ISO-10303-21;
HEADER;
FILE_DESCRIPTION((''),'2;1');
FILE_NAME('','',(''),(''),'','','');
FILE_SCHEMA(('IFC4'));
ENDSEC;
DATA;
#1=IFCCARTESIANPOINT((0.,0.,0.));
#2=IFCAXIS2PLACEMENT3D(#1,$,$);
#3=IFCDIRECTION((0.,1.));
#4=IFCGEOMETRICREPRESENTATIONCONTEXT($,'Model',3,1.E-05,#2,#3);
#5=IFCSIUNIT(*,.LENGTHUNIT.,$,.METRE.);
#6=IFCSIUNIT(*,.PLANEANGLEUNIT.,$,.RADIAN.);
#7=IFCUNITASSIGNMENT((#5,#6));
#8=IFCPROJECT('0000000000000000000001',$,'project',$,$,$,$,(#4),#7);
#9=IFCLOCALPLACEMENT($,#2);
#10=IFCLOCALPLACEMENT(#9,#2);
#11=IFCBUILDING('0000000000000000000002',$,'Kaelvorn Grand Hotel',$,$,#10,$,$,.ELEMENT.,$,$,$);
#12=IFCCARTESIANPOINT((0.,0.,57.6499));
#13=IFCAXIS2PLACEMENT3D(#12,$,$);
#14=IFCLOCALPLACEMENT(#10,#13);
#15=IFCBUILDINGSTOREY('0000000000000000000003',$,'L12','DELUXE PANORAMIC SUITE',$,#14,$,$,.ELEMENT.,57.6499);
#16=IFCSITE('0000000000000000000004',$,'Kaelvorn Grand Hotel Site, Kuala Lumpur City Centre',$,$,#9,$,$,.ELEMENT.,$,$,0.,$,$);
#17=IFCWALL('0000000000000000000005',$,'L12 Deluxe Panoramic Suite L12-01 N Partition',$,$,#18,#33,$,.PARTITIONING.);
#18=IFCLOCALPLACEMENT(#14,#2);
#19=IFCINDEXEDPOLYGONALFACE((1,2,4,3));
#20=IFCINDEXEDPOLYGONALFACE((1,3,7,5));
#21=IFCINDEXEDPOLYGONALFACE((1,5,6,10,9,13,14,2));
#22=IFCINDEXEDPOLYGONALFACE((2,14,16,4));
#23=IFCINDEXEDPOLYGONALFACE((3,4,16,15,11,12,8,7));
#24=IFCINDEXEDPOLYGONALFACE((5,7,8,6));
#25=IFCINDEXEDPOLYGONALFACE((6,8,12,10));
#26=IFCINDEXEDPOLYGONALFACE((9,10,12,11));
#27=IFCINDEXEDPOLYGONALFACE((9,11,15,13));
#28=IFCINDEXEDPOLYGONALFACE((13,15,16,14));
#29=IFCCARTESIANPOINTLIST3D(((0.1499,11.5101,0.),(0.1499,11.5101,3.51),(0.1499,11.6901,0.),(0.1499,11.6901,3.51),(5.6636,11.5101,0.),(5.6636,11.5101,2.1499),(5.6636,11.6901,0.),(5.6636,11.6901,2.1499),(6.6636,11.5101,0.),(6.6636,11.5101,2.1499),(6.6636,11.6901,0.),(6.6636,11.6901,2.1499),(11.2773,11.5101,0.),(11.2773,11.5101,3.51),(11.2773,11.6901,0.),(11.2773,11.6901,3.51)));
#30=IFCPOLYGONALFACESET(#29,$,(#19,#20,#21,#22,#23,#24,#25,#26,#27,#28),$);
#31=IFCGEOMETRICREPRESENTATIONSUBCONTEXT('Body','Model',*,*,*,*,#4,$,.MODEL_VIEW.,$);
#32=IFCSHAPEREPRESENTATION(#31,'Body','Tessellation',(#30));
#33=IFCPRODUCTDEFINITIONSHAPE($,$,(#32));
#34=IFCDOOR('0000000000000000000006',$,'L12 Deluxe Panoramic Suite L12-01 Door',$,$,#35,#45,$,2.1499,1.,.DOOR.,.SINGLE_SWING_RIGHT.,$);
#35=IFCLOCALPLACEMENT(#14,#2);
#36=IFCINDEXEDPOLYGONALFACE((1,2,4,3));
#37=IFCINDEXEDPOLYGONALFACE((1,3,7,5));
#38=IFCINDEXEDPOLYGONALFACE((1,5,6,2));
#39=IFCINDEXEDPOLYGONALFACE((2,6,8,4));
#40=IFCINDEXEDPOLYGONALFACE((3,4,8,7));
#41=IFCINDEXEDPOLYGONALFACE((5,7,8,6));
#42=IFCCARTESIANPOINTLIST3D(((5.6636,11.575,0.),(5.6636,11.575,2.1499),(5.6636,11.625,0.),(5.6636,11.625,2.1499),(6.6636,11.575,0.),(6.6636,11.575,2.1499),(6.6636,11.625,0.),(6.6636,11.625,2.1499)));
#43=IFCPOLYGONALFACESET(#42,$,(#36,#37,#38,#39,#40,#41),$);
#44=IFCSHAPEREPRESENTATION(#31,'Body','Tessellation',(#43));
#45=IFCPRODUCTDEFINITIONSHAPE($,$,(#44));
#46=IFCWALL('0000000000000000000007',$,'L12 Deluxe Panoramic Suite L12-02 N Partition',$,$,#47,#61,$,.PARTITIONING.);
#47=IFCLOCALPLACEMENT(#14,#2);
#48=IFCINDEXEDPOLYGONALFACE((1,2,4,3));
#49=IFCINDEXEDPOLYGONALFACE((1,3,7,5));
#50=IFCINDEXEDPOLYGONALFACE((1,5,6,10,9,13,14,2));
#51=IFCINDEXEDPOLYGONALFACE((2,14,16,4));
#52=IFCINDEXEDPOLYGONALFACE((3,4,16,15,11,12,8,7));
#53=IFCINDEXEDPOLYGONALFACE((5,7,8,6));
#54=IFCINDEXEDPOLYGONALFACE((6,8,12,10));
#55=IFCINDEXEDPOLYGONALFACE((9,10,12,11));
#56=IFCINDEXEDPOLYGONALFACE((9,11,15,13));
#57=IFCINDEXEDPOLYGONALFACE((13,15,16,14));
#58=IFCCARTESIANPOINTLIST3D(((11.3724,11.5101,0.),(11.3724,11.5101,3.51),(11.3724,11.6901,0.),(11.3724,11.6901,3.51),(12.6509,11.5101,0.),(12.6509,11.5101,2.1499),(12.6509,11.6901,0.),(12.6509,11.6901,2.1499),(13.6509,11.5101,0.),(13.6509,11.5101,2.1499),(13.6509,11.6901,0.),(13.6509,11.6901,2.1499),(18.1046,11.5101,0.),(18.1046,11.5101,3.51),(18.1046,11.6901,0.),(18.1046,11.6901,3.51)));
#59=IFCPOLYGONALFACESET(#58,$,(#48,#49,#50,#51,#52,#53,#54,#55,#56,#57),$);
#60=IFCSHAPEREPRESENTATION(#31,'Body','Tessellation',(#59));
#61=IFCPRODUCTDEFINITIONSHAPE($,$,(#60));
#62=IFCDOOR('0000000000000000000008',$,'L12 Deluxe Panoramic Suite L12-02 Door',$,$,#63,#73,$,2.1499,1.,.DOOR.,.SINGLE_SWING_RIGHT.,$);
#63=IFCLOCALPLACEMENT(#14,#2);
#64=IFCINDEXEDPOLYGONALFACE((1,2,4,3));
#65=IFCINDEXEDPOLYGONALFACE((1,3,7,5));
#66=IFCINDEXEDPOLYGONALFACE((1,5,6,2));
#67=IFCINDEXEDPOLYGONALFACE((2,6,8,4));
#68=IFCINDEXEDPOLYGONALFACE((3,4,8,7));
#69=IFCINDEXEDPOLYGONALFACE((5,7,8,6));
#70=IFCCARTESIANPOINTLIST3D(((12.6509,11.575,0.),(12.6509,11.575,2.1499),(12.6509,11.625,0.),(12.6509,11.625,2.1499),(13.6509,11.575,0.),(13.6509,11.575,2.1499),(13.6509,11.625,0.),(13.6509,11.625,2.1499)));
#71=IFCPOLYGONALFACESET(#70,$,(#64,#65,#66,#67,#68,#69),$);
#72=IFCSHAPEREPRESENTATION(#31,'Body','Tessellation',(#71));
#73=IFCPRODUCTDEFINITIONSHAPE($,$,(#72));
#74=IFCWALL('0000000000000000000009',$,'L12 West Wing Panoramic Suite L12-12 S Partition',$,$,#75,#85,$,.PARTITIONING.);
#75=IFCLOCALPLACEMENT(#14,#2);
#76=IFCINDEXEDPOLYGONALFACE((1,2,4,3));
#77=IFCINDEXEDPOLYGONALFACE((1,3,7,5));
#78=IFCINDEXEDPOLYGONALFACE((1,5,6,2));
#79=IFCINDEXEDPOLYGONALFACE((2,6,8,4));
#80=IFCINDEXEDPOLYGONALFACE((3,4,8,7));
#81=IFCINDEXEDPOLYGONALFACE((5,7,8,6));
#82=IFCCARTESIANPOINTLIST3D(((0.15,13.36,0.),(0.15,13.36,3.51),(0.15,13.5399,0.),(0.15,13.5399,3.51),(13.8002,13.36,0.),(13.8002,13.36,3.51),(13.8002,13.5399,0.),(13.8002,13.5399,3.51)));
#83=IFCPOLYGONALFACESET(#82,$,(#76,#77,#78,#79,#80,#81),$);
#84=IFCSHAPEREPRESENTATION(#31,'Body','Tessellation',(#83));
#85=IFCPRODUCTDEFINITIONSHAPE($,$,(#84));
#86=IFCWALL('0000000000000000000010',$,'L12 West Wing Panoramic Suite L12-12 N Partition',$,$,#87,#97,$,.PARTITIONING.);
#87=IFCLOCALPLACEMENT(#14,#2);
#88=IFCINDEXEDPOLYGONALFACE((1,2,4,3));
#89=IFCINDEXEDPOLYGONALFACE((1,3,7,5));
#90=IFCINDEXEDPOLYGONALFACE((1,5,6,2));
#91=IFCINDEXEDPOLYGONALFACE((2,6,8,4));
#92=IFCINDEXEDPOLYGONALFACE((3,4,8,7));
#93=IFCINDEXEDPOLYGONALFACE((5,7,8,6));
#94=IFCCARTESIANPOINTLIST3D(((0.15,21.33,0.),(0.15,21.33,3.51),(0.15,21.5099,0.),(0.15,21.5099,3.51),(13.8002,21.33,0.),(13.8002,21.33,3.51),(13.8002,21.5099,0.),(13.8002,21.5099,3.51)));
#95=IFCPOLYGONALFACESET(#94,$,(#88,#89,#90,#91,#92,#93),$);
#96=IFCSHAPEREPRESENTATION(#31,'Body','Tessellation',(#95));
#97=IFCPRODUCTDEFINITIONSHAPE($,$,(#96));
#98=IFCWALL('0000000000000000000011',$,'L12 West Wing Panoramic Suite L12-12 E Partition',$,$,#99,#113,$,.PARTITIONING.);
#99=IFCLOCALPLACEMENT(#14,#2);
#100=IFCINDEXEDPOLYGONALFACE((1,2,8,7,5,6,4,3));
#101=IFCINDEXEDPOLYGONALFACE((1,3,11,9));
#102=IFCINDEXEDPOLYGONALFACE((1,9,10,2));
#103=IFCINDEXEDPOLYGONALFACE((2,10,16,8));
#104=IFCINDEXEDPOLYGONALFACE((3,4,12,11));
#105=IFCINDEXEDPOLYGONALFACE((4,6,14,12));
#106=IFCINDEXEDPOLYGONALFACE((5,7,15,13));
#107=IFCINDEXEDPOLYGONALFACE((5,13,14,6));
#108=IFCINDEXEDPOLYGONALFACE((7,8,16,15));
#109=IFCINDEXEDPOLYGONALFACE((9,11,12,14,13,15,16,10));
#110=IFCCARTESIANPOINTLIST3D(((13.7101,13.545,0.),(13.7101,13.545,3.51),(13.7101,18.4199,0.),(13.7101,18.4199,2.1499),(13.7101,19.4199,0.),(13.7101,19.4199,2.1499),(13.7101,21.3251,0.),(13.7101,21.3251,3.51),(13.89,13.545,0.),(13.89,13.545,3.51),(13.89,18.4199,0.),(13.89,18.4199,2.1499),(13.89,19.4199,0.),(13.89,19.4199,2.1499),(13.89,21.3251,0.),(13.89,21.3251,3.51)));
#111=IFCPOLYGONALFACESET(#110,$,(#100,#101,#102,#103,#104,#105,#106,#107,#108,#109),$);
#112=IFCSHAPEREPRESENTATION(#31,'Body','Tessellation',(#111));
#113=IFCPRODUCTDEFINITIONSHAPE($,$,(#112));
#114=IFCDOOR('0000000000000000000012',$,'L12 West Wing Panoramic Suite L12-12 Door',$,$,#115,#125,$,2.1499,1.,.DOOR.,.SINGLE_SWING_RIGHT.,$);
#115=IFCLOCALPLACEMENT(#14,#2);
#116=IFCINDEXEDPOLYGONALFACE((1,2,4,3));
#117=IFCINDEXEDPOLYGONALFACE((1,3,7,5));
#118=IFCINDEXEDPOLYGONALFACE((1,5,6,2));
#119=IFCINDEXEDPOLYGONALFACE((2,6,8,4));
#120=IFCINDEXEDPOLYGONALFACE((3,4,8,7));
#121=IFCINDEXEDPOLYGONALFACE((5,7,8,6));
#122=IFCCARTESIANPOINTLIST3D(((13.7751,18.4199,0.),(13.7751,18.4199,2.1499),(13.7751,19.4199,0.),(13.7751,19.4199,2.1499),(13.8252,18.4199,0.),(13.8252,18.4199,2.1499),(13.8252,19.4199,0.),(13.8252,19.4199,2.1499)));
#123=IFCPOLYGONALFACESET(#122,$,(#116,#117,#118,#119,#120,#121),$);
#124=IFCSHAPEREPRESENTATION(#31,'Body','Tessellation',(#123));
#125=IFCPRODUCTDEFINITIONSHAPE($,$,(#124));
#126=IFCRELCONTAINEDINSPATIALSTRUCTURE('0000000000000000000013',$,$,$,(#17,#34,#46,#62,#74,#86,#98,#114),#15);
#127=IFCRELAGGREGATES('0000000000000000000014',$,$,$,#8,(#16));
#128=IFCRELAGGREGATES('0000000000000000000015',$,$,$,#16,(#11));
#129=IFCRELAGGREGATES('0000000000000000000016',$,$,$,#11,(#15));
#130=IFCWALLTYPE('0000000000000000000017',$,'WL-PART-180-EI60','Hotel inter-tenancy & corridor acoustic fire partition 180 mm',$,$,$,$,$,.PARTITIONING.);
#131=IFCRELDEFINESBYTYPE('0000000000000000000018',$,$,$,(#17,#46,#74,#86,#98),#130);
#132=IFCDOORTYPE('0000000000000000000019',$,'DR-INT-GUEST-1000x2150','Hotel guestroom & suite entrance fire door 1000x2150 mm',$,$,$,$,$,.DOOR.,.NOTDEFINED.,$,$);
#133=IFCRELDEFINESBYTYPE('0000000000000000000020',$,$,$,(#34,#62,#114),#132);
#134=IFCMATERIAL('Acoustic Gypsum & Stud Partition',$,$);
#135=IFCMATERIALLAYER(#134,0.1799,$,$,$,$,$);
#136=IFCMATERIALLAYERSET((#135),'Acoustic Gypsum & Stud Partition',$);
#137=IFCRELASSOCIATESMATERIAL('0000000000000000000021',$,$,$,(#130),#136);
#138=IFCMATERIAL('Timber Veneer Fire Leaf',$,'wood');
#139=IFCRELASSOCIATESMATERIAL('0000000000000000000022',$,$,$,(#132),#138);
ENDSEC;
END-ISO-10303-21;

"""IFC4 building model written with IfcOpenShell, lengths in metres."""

from ifc_helpers import new_model, si_unit, direction, frame, frame_2d, origin, place, context, subcontext, project, spatial, rectangle, extrude, material, layer, layer_set, type_object, element, fill, save


model = new_model("IFC4")

# Units and contexts
model_context = context("Model", 3, precision=1e-05, world=origin(), true_north=direction((0.0, 1.0)))
body_context = subcontext(model_context, "Body", "Model", "MODEL_VIEW")
ifc_project = project(units=[si_unit("LENGTHUNIT", "METRE"), si_unit("PLANEANGLEUNIT", "RADIAN")], contexts=[model_context])

# Site, building, storey
site_placement = place(None, origin())
site = spatial("IfcSite", under=ifc_project, at=site_placement, Name="Kaelvorn Grand Hotel Site, Kuala Lumpur City Centre", CompositionType="ELEMENT", RefElevation=0.0)
building_placement = place(site_placement, origin())
building = spatial("IfcBuilding", under=site, at=building_placement, Name="Kaelvorn Grand Hotel", CompositionType="ELEMENT")
storey_placement = place(building_placement, frame((0.0, 0.0, 57.6499)))
storey = spatial("IfcBuildingStorey", under=building, at=storey_placement, Name="L12", Description="DELUXE PANORAMIC SUITE", CompositionType="ELEMENT", Elevation=57.6499)

# Shared definitions
ifc_material_1 = material(Name="Acoustic Gypsum & Stud Partition")
ifc_material_2 = material(Name="Timber Veneer Fire Leaf", Category="wood")

# Walls, openings, doors
ifc_layer_1 = layer(ifc_material_1, 0.1799)
ifc_layer_set_1 = layer_set([ifc_layer_1], Name="Acoustic Gypsum & Stud Partition")
wall_type_1 = type_object("IfcWallType", Name="WL-PART-180-EI60", Description="Hotel inter-tenancy & corridor acoustic fire partition 180 mm", PredefinedType="PARTITIONING", material=ifc_layer_set_1)
wall_1_placement = place(storey_placement, frame((0.1499, 11.6001, 0.0), z_axis=(0.0, 0.0, 1.0), x_axis=(1.0, 0.0, 0.0)))
wall_1 = element("IfcWall", 1, at=wall_1_placement, inside=storey, type_object=wall_type_1, Name="L12 Deluxe Panoramic Suite L12-01 N Partition", PredefinedType="PARTITIONING", context=body_context, shape_type="SweptSolid", body=[
    extrude(rectangle(XDim=11.1274, YDim=0.1799, at=frame_2d((5.5637, 0.0))), origin(), (0.0, 0.0, 1.0), 3.51),
])
opening_1_placement = place(wall_1_placement, frame((5.5137, 0.0, 0.0)))
opening_1 = element("IfcOpeningElement", 2, at=opening_1_placement, cuts=wall_1, PredefinedType="OPENING", context=body_context, shape_type="SweptSolid", body=[
    extrude(rectangle(XDim=1.0, YDim=2.1499, at=frame_2d((0.5, 1.075))), frame((0.0, 0.1001, 0.0), z_axis=(0.0, -1.0, 0.0), x_axis=(1.0, 0.0, 0.0)), (0.0, 0.0, 1.0), 0.2),
])
door_type_1 = type_object("IfcDoorType", Name="DR-INT-GUEST-1000x2150", Description="Hotel guestroom & suite entrance fire door 1000x2150 mm", OperationType="NOTDEFINED", PredefinedType="DOOR", material=ifc_material_2)
door_1_placement = place(opening_1_placement, origin())
door_1 = element("IfcDoor", 3, at=door_1_placement, inside=storey, type_object=door_type_1, Name="L12 Deluxe Panoramic Suite L12-01 Door", OperationType="SINGLE_SWING_RIGHT", OverallHeight=2.1499, OverallWidth=1.0, PredefinedType="DOOR", context=body_context, shape_type="SweptSolid", body=[
    extrude(rectangle(XDim=1.0, YDim=2.1499, at=frame_2d((0.5, 1.075))), frame((0.0, 0.0249, 0.0), z_axis=(0.0, -1.0, 0.0), x_axis=(1.0, 0.0, 0.0)), (0.0, 0.0, 1.0), 0.05),
])
fill(opening_1, door_1)
wall_2_placement = place(storey_placement, frame((11.3723, 11.6001, 0.0), z_axis=(0.0, 0.0, 1.0), x_axis=(1.0, 0.0, 0.0)))
wall_2 = element("IfcWall", 4, at=wall_2_placement, inside=storey, type_object=wall_type_1, Name="L12 Deluxe Panoramic Suite L12-02 N Partition", PredefinedType="PARTITIONING", context=body_context, shape_type="SweptSolid", body=[
    extrude(rectangle(XDim=6.7322, YDim=0.1799, at=frame_2d((3.3662, 0.0))), origin(), (0.0, 0.0, 1.0), 3.51),
])
opening_2_placement = place(wall_2_placement, frame((1.2786, 0.0, 0.0)))
opening_2 = element("IfcOpeningElement", 5, at=opening_2_placement, cuts=wall_2, PredefinedType="OPENING", context=body_context, shape_type="SweptSolid", body=[
    extrude(rectangle(XDim=1.0, YDim=2.1499, at=frame_2d((0.5, 1.075))), frame((0.0, 0.1001, 0.0), z_axis=(0.0, -1.0, 0.0), x_axis=(1.0, 0.0, 0.0)), (0.0, 0.0, 1.0), 0.2),
])
door_2_placement = place(opening_2_placement, origin())
door_2 = element("IfcDoor", 6, at=door_2_placement, inside=storey, type_object=door_type_1, Name="L12 Deluxe Panoramic Suite L12-02 Door", OperationType="SINGLE_SWING_RIGHT", OverallHeight=2.1499, OverallWidth=1.0, PredefinedType="DOOR", context=body_context, shape_type="SweptSolid", body=[
    extrude(rectangle(XDim=1.0, YDim=2.1499, at=frame_2d((0.5, 1.075))), frame((0.0, 0.0249, 0.0), z_axis=(0.0, -1.0, 0.0), x_axis=(1.0, 0.0, 0.0)), (0.0, 0.0, 1.0), 0.05),
])
fill(opening_2, door_2)

# Walls
for number, where, z_axis, x_axis, name in (
    (7, (0.1499, 13.45, 0.0), (0.0, 0.0, 1.0), (1.0, 0.0, 0.0), "L12 West Wing Panoramic Suite L12-12 S Partition"),
    (8, (0.1499, 21.4199, 0.0), (0.0, 0.0, 1.0), (1.0, 0.0, 0.0), "L12 West Wing Panoramic Suite L12-12 N Partition"),
):
    element("IfcWall", number, at=place(storey_placement, frame(where, z_axis=z_axis, x_axis=x_axis)), inside=storey, type_object=wall_type_1, Name=name, PredefinedType="PARTITIONING", context=body_context, shape_type="SweptSolid", body=[
        extrude(rectangle(XDim=13.6501, YDim=0.1799, at=frame_2d((6.8252, 0.0))), origin(), (0.0, 0.0, 1.0), 3.51),
    ])

# Wall, opening, door
wall_3_placement = place(storey_placement, frame((13.8, 13.5449, 0.0), z_axis=(0.0, 0.0, 1.0), x_axis=(0.0, 1.0, 0.0)))
wall_3 = element("IfcWall", 9, at=wall_3_placement, inside=storey, type_object=wall_type_1, Name="L12 West Wing Panoramic Suite L12-12 E Partition", PredefinedType="PARTITIONING", context=body_context, shape_type="SweptSolid", body=[
    extrude(rectangle(XDim=7.78, YDim=0.1799, at=frame_2d((3.8901, 0.0))), origin(), (0.0, 0.0, 1.0), 3.51),
])
opening_3_placement = place(wall_3_placement, frame((4.875, 0.0, 0.0)))
opening_3 = element("IfcOpeningElement", 10, at=opening_3_placement, cuts=wall_3, PredefinedType="OPENING", context=body_context, shape_type="SweptSolid", body=[
    extrude(rectangle(XDim=1.0, YDim=2.1499, at=frame_2d((0.5, 1.075))), frame((0.0, 0.1001, 0.0), z_axis=(0.0, -1.0, 0.0), x_axis=(1.0, 0.0, 0.0)), (0.0, 0.0, 1.0), 0.2),
])
door_3_placement = place(opening_3_placement, origin())
door_3 = element("IfcDoor", 11, at=door_3_placement, inside=storey, type_object=door_type_1, Name="L12 West Wing Panoramic Suite L12-12 Door", OperationType="SINGLE_SWING_RIGHT", OverallHeight=2.1499, OverallWidth=1.0, PredefinedType="DOOR", context=body_context, shape_type="SweptSolid", body=[
    extrude(rectangle(XDim=1.0, YDim=2.1499, at=frame_2d((0.5, 1.075))), frame((0.0, 0.0249, 0.0), z_axis=(0.0, -1.0, 0.0), x_axis=(1.0, 0.0, 0.0)), (0.0, 0.0, 1.0), 0.05),
])
fill(opening_3, door_3)

save(model, "model.ifc")
